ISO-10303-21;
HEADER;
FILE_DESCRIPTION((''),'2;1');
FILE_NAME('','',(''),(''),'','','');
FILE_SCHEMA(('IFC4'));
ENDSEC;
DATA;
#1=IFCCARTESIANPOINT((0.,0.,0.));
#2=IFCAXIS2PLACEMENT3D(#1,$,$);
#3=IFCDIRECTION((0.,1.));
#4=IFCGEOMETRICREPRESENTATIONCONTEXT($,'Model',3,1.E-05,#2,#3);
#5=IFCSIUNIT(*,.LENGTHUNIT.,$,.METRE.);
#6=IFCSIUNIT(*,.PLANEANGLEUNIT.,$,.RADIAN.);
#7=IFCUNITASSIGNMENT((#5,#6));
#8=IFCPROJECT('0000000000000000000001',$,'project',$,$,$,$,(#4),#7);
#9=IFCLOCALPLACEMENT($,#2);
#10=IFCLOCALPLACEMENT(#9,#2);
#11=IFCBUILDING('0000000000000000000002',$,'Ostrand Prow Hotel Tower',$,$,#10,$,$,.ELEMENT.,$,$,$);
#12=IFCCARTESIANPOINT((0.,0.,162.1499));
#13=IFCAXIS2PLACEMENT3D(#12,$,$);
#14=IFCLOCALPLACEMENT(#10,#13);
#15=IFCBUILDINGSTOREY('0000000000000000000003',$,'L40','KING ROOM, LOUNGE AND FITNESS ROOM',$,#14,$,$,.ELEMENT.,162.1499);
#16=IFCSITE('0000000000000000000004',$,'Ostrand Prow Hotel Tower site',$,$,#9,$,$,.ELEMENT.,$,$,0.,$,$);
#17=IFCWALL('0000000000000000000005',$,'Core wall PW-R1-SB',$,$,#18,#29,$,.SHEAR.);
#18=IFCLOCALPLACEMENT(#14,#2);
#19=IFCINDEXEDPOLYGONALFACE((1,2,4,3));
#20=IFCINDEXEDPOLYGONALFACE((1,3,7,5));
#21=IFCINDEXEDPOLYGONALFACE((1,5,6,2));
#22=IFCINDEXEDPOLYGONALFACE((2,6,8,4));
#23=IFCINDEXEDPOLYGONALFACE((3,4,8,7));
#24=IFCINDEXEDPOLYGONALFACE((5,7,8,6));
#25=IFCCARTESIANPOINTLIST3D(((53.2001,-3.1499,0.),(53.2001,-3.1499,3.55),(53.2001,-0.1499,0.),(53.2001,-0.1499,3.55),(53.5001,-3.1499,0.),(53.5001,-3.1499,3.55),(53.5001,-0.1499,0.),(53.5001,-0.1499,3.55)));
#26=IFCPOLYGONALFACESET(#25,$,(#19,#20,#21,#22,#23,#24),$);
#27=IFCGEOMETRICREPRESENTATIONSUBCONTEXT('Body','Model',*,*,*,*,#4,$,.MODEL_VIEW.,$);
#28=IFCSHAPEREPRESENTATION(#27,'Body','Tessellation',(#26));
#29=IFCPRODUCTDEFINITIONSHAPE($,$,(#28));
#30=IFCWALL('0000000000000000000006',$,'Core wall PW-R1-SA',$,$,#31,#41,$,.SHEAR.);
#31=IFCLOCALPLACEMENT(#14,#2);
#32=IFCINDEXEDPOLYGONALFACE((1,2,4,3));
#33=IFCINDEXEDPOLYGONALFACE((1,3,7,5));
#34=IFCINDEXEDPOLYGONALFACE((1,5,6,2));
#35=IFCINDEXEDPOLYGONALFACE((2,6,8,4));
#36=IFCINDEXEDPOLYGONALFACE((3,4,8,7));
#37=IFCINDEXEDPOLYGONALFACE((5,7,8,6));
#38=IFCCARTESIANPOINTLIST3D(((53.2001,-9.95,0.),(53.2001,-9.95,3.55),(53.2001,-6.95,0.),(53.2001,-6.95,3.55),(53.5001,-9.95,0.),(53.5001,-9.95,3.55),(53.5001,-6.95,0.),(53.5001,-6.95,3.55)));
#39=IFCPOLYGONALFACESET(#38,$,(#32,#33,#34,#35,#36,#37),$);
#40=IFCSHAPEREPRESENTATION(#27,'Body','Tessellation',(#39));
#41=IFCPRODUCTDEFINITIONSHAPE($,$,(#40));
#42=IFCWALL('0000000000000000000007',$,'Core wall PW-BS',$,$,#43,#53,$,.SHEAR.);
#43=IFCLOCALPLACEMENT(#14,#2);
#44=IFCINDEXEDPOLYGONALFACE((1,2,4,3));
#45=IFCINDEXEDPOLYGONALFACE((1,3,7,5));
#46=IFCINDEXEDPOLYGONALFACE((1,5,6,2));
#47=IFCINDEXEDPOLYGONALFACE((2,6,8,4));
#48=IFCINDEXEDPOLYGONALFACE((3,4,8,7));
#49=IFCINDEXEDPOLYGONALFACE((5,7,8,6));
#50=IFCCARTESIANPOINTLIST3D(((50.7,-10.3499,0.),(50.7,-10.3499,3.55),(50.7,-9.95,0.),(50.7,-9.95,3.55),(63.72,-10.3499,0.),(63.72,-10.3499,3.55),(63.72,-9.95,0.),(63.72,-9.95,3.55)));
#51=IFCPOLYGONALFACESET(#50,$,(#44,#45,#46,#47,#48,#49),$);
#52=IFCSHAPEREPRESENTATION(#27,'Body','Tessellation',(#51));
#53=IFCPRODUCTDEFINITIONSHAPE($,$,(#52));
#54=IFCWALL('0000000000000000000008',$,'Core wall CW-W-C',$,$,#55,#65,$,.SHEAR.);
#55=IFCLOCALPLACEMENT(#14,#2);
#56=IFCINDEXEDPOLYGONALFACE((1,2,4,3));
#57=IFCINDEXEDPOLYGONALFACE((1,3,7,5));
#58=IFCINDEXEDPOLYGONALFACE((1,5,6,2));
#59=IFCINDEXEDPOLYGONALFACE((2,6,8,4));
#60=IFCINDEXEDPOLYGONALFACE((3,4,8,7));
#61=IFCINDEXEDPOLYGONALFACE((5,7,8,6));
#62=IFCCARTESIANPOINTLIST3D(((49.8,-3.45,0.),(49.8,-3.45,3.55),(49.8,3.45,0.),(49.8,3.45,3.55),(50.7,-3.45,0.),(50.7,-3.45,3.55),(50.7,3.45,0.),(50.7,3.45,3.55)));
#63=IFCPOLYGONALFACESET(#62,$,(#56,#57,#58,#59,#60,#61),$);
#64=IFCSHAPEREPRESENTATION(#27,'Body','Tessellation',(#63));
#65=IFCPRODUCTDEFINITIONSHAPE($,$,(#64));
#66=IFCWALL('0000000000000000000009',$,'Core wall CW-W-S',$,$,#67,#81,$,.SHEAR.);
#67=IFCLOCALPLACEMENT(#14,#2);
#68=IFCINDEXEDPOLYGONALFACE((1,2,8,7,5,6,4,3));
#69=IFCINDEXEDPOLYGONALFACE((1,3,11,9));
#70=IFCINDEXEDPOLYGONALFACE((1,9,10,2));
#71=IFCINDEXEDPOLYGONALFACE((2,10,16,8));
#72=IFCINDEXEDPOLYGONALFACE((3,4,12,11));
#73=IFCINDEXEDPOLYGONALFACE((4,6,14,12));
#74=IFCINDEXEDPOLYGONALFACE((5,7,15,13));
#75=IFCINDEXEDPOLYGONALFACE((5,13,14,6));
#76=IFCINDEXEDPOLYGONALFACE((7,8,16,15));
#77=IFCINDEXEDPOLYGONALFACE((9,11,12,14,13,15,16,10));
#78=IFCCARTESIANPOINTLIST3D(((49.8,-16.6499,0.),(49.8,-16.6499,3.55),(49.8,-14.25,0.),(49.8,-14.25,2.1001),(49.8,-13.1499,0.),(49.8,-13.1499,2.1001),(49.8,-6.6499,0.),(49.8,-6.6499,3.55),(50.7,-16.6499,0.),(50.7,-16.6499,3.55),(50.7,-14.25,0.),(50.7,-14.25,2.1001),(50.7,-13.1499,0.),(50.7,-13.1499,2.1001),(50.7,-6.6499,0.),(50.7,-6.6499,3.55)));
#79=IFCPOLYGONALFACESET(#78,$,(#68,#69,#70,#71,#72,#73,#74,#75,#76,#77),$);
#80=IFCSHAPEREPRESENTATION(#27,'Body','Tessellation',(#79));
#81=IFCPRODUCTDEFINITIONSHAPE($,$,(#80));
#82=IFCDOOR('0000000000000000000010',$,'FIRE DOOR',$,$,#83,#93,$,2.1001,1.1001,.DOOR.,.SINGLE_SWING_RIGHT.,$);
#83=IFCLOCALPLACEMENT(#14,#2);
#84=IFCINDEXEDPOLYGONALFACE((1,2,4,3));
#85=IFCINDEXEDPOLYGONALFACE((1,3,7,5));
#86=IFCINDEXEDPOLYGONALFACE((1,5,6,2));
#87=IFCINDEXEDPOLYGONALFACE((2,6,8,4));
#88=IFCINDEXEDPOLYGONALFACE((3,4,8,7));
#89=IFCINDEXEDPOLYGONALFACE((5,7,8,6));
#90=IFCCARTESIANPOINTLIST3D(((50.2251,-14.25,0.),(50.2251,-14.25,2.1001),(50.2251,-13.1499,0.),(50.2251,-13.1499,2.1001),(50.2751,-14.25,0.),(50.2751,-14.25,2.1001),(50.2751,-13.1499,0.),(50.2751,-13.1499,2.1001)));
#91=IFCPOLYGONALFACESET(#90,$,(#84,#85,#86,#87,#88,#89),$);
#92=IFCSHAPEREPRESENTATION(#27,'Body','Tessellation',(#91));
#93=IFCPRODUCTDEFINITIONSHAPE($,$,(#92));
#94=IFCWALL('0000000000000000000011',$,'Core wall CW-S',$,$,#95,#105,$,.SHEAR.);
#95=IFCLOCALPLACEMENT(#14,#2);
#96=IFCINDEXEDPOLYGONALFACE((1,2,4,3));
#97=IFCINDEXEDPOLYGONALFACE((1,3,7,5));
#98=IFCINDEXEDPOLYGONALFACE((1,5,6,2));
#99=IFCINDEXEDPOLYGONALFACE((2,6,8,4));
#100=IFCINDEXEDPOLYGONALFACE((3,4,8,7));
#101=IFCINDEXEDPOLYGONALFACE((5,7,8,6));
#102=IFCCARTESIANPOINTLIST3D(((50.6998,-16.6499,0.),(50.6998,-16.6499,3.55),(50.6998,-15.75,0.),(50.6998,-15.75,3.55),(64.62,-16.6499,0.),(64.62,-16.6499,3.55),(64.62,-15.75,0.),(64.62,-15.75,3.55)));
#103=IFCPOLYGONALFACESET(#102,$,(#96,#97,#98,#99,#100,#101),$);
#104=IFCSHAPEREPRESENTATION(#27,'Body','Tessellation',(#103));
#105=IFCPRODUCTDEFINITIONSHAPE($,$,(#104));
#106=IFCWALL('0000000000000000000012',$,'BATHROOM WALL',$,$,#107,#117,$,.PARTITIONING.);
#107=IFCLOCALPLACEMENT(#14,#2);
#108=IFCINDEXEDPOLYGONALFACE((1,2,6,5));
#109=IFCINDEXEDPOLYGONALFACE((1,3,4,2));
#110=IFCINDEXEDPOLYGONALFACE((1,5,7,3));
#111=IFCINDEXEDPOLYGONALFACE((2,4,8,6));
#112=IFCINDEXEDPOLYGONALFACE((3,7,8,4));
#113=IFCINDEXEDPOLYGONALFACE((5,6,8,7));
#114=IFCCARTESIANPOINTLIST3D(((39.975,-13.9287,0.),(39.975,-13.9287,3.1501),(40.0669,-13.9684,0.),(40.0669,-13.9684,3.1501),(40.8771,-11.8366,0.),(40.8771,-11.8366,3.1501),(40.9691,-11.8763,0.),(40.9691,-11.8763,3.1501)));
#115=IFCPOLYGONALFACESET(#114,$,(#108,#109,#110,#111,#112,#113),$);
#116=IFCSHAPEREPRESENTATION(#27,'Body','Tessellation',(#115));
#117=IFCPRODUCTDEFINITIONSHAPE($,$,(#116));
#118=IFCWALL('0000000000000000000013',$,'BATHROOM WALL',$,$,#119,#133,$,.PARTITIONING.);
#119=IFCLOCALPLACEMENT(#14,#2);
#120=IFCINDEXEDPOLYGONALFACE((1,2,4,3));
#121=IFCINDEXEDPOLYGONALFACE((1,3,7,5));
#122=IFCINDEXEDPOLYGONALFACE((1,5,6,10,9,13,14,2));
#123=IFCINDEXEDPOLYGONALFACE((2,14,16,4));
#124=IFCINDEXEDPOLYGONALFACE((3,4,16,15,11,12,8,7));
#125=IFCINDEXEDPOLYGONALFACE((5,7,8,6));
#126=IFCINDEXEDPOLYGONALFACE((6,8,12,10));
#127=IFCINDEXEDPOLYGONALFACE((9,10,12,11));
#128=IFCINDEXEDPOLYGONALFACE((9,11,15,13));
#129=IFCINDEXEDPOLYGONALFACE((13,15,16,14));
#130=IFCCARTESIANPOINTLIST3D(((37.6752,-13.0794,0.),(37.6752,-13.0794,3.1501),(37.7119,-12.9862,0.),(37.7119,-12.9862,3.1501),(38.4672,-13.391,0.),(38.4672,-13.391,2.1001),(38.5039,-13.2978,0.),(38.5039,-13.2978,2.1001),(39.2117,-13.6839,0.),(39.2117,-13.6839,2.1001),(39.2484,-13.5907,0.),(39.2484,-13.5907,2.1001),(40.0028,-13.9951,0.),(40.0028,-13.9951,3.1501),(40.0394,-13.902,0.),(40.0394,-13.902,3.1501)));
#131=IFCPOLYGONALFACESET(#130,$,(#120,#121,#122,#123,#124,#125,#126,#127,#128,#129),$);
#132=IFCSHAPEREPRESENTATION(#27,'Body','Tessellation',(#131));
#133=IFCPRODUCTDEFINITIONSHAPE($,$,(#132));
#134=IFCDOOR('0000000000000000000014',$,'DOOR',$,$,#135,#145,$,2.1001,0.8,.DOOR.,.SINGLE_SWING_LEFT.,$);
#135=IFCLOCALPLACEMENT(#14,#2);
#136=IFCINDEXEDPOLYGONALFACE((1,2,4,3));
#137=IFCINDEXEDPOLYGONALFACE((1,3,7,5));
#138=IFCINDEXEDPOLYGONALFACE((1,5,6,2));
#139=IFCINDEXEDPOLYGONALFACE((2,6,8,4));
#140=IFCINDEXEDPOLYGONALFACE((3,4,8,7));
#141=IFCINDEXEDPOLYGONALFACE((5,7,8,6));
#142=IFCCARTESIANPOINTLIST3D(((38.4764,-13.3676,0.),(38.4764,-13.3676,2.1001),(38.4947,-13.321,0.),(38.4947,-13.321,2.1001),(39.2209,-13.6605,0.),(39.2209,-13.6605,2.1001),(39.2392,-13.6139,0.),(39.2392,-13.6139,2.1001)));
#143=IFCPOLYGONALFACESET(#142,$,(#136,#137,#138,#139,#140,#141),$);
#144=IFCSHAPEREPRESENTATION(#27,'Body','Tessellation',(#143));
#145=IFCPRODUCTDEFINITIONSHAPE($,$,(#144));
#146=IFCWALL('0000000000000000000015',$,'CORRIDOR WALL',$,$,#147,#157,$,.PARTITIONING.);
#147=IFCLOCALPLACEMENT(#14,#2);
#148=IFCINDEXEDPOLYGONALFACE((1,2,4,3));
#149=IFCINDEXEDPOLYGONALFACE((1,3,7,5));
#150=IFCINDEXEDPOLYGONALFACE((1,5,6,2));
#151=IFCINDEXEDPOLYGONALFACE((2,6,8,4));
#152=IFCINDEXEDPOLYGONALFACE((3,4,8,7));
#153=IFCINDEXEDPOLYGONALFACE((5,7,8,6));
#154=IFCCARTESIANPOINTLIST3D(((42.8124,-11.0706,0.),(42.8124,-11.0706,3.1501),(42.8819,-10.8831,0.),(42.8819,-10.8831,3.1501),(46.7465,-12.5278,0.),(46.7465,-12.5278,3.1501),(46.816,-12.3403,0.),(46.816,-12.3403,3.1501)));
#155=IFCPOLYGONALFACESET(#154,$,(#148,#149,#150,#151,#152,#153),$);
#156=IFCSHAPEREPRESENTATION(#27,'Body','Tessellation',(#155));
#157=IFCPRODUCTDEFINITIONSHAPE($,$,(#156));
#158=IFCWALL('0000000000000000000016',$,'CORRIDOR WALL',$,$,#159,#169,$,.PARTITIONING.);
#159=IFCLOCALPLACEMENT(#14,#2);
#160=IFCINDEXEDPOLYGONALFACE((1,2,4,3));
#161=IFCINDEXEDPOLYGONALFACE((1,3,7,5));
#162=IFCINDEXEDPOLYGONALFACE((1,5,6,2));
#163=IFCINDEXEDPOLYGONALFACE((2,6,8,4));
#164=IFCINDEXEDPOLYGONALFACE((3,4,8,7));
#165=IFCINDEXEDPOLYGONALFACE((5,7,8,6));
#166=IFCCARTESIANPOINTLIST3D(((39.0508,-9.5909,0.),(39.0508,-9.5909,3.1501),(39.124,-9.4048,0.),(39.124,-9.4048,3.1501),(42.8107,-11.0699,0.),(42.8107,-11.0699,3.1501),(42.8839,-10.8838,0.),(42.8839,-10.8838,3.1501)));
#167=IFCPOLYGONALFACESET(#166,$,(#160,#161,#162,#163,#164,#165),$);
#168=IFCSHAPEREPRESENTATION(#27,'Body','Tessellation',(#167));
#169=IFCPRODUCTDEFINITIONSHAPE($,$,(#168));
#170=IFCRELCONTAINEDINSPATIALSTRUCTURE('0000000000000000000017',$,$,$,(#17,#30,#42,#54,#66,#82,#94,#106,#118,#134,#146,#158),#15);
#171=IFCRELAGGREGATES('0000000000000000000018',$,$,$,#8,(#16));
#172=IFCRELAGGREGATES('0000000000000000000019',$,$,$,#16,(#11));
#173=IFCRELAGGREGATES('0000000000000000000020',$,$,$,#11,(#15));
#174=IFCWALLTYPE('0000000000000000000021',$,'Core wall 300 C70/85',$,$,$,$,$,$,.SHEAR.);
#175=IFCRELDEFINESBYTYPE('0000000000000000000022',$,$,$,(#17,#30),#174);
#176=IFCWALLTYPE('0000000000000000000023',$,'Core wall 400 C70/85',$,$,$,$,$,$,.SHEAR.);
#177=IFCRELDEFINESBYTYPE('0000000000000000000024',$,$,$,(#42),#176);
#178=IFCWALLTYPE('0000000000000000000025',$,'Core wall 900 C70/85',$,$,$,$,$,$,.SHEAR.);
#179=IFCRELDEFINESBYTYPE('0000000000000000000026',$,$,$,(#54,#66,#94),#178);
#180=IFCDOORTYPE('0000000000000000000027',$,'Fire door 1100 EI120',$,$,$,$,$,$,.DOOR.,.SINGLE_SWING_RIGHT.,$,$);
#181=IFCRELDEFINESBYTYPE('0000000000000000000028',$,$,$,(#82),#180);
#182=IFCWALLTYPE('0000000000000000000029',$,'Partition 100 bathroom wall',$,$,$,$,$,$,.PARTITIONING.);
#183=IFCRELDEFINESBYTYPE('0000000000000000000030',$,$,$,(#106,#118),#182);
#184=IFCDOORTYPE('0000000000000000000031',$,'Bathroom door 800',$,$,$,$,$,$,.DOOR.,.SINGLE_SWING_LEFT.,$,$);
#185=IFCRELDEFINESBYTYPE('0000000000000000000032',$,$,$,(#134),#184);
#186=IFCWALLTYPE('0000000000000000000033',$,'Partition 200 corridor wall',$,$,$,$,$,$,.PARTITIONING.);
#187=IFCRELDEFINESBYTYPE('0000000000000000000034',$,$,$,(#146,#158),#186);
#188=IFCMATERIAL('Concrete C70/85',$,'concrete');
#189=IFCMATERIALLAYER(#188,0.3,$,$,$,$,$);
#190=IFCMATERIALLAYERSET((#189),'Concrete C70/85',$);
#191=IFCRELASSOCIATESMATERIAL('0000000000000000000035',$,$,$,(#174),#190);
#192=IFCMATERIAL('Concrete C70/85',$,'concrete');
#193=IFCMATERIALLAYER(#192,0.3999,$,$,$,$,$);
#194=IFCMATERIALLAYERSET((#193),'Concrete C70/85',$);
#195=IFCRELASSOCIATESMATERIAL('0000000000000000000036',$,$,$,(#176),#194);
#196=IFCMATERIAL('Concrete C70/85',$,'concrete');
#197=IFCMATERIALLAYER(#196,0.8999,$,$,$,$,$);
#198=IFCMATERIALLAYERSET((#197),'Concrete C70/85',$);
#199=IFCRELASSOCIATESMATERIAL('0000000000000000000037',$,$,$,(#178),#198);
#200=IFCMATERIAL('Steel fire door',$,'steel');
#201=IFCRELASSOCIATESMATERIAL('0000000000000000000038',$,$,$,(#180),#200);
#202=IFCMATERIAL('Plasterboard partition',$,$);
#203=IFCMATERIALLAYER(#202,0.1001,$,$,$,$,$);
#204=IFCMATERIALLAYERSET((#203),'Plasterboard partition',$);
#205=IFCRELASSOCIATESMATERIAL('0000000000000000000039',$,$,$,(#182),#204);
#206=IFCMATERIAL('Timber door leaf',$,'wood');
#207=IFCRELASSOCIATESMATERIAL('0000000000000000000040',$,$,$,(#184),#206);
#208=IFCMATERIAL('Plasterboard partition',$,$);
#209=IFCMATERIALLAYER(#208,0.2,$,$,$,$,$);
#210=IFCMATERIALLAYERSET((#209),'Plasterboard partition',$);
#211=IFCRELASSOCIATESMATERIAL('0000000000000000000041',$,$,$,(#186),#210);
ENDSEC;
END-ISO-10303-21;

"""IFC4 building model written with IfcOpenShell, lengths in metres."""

from ifc_helpers import new_model, si_unit, direction, frame, frame_2d, origin, place, context, subcontext, project, spatial, rectangle, extrude, material, layer, layer_set, type_object, element, fill, save


model = new_model("IFC4")

# Units and contexts
model_context = context("Model", 3, precision=1e-05, world=origin(), true_north=direction((0.0, 1.0)))
body_context = subcontext(model_context, "Body", "Model", "MODEL_VIEW")
ifc_project = project(units=[si_unit("LENGTHUNIT", "METRE"), si_unit("PLANEANGLEUNIT", "RADIAN")], contexts=[model_context])

# Site, building, storey
site_placement = place(None, origin())
site = spatial("IfcSite", under=ifc_project, at=site_placement, Name="Ostrand Prow Hotel Tower site", CompositionType="ELEMENT", RefElevation=0.0)
building_placement = place(site_placement, origin())
building = spatial("IfcBuilding", under=site, at=building_placement, Name="Ostrand Prow Hotel Tower", CompositionType="ELEMENT")
storey_placement = place(building_placement, frame((0.0, 0.0, 162.1499)))
storey = spatial("IfcBuildingStorey", under=building, at=storey_placement, Name="L40", Description="KING ROOM, LOUNGE AND FITNESS ROOM", CompositionType="ELEMENT", Elevation=162.1499)

# Shared definitions
ifc_material_1 = material(Name="Concrete C70/85", Category="concrete")
ifc_layer_1 = layer(ifc_material_1, 0.3)
ifc_layer_set_1 = layer_set([ifc_layer_1], Name="Concrete C70/85")
wall_type_1 = type_object("IfcWallType", Name="Core wall 300 C70/85", PredefinedType="SHEAR", material=ifc_layer_set_1)

# Walls
for number, where, z_axis, x_axis, name in (
    (1, (53.3501, -3.1499, 0.0), (0.0, 0.0, 1.0), (0.0, 1.0, 0.0), "Core wall PW-R1-SB"),
    (2, (53.3501, -9.95, 0.0), (0.0, 0.0, 1.0), (0.0, 1.0, 0.0), "Core wall PW-R1-SA"),
):
    element("IfcWall", number, at=place(storey_placement, frame(where, z_axis=z_axis, x_axis=x_axis)), inside=storey, type_object=wall_type_1, Name=name, PredefinedType="SHEAR", context=body_context, shape_type="SweptSolid", body=[
        extrude(rectangle(XDim=3.0, YDim=0.3, at=frame_2d((1.5, 0.0))), origin(), (0.0, 0.0, 1.0), 3.55),
    ])
ifc_material_2 = material(Name="Concrete C70/85", Category="concrete")
ifc_layer_2 = layer(ifc_material_2, 0.3999)
ifc_layer_set_2 = layer_set([ifc_layer_2], Name="Concrete C70/85")
wall_type_2 = type_object("IfcWallType", Name="Core wall 400 C70/85", PredefinedType="SHEAR", material=ifc_layer_set_2)
wall_1_placement = place(storey_placement, frame((50.7, -10.1499, 0.0), z_axis=(0.0, 0.0, 1.0), x_axis=(1.0, 0.0, 0.0)))
element("IfcWall", 3, at=wall_1_placement, inside=storey, type_object=wall_type_2, Name="Core wall PW-BS", PredefinedType="SHEAR", context=body_context, shape_type="SweptSolid", body=[
    extrude(rectangle(XDim=13.02, YDim=0.3999, at=frame_2d((6.51, 0.0))), origin(), (0.0, 0.0, 1.0), 3.55),
])
ifc_material_3 = material(Name="Concrete C70/85", Category="concrete")
ifc_layer_3 = layer(ifc_material_3, 0.8999)
ifc_layer_set_3 = layer_set([ifc_layer_3], Name="Concrete C70/85")
wall_type_3 = type_object("IfcWallType", Name="Core wall 900 C70/85", PredefinedType="SHEAR", material=ifc_layer_set_3)
wall_2_placement = place(storey_placement, frame((50.25, -3.45, 0.0), z_axis=(0.0, 0.0, 1.0), x_axis=(0.0, 1.0, 0.0)))
element("IfcWall", 4, at=wall_2_placement, inside=storey, type_object=wall_type_3, Name="Core wall CW-W-C", PredefinedType="SHEAR", context=body_context, shape_type="SweptSolid", body=[
    extrude(rectangle(XDim=6.8999, YDim=0.8999, at=frame_2d((3.45, 0.0))), origin(), (0.0, 0.0, 1.0), 3.55),
])

# Wall, opening, door
wall_3_placement = place(storey_placement, frame((50.25, -16.6499, 0.0), z_axis=(0.0, 0.0, 1.0), x_axis=(0.0, 1.0, 0.0)))
wall_3 = element("IfcWall", 5, at=wall_3_placement, inside=storey, type_object=wall_type_3, Name="Core wall CW-W-S", PredefinedType="SHEAR", context=body_context, shape_type="SweptSolid", body=[
    extrude(rectangle(XDim=10.0, YDim=0.8999, at=frame_2d((5.0, 0.0))), origin(), (0.0, 0.0, 1.0), 3.55),
])
opening_1_placement = place(wall_3_placement, frame((2.3999, 0.0, 0.0)))
opening_1 = element("IfcOpeningElement", 6, at=opening_1_placement, cuts=wall_3, PredefinedType="OPENING", context=body_context, shape_type="SweptSolid", body=[
    extrude(rectangle(XDim=1.1001, YDim=2.1001, at=frame_2d((0.55, 1.05))), frame((0.0, 0.46, 0.0), z_axis=(0.0, -1.0, 0.0), x_axis=(1.0, 0.0, 0.0)), (0.0, 0.0, 1.0), 0.9199),
])
ifc_material_4 = material(Name="Steel fire door", Category="steel")
door_type_1 = type_object("IfcDoorType", Name="Fire door 1100 EI120", OperationType="SINGLE_SWING_RIGHT", PredefinedType="DOOR", material=ifc_material_4)
door_1_placement = place(opening_1_placement, origin())
door_1 = element("IfcDoor", 7, at=door_1_placement, inside=storey, type_object=door_type_1, Name="FIRE DOOR", OperationType="SINGLE_SWING_RIGHT", OverallHeight=2.1001, OverallWidth=1.1001, PredefinedType="DOOR", context=body_context, shape_type="SweptSolid", body=[
    extrude(rectangle(XDim=1.1001, YDim=2.1001, at=frame_2d((0.55, 1.05))), frame((0.0, 0.0249, 0.0), z_axis=(0.0, -1.0, 0.0), x_axis=(1.0, 0.0, 0.0)), (0.0, 0.0, 1.0), 0.05),
])
fill(opening_1, door_1)

# Walls
wall_4_placement = place(storey_placement, frame((50.7, -16.2, 0.0), z_axis=(0.0, 0.0, 1.0), x_axis=(1.0, 0.0, 0.0)))
element("IfcWall", 8, at=wall_4_placement, inside=storey, type_object=wall_type_3, Name="Core wall CW-S", PredefinedType="SHEAR", context=body_context, shape_type="SweptSolid", body=[
    extrude(rectangle(XDim=13.9202, YDim=0.8999, at=frame_2d((6.96, 0.0))), origin(), (0.0, 0.0, 1.0), 3.55),
])
ifc_material_5 = material(Name="Plasterboard partition")
ifc_layer_4 = layer(ifc_material_5, 0.1001)
ifc_layer_set_4 = layer_set([ifc_layer_4], Name="Plasterboard partition")
wall_type_4 = type_object("IfcWallType", Name="Partition 100 bathroom wall", PredefinedType="PARTITIONING", material=ifc_layer_set_4)
wall_5_placement = place(storey_placement, frame((40.9231, -11.8564, 0.0), z_axis=(0.0, 0.0, 1.0), x_axis=(-0.395962, -0.918267, 0.0)))
element("IfcWall", 9, at=wall_5_placement, inside=storey, type_object=wall_type_4, Name="BATHROOM WALL", PredefinedType="PARTITIONING", context=body_context, shape_type="SweptSolid", body=[
    extrude(rectangle(XDim=2.2783, YDim=0.1001, at=frame_2d((1.1392, 0.0))), origin(), (0.0, 0.0, 1.0), 3.1501),
])

# Wall, opening, door
wall_6_placement = place(storey_placement, frame((40.021, -13.9485, 0.0), z_axis=(0.0, 0.0, 1.0), x_axis=(-0.930569, 0.366117, 0.0)))
wall_6 = element("IfcWall", 10, at=wall_6_placement, inside=storey, type_object=wall_type_4, Name="BATHROOM WALL", PredefinedType="PARTITIONING", context=body_context, shape_type="SweptSolid", body=[
    extrude(rectangle(XDim=2.5012, YDim=0.1001, at=frame_2d((1.2505, 0.0))), origin(), (0.0, 0.0, 1.0), 3.1501),
])
opening_2_placement = place(wall_6_placement, frame((0.8501, 0.0, 0.0)))
opening_2 = element("IfcOpeningElement", 11, at=opening_2_placement, cuts=wall_6, PredefinedType="OPENING", context=body_context, shape_type="SweptSolid", body=[
    extrude(rectangle(XDim=0.8, YDim=2.1001, at=frame_2d((0.3999, 1.05))), frame((0.0, 0.0601, 0.0), z_axis=(0.0, -1.0, 0.0), x_axis=(1.0, 0.0, 0.0)), (0.0, 0.0, 1.0), 0.1201),
])
ifc_material_6 = material(Name="Timber door leaf", Category="wood")
door_type_2 = type_object("IfcDoorType", Name="Bathroom door 800", OperationType="SINGLE_SWING_LEFT", PredefinedType="DOOR", material=ifc_material_6)
door_2_placement = place(opening_2_placement, origin())
door_2 = element("IfcDoor", 12, at=door_2_placement, inside=storey, type_object=door_type_2, Name="DOOR", OperationType="SINGLE_SWING_LEFT", OverallHeight=2.1001, OverallWidth=0.8, PredefinedType="DOOR", context=body_context, shape_type="SweptSolid", body=[
    extrude(rectangle(XDim=0.8, YDim=2.1001, at=frame_2d((0.3999, 1.05))), frame((0.0, 0.0249, 0.0), z_axis=(0.0, -1.0, 0.0), x_axis=(1.0, 0.0, 0.0)), (0.0, 0.0, 1.0), 0.05),
])
fill(opening_2, door_2)

# Walls
ifc_material_7 = material(Name="Plasterboard partition")
ifc_layer_5 = layer(ifc_material_7, 0.2)
ifc_layer_set_5 = layer_set([ifc_layer_5], Name="Plasterboard partition")
wall_type_5 = type_object("IfcWallType", Name="Partition 200 corridor wall", PredefinedType="PARTITIONING", material=ifc_layer_set_5)
wall_7_placement = place(storey_placement, frame((46.7812, -12.4341, 0.0), z_axis=(0.0, 0.0, 1.0), x_axis=(-0.937733, 0.347358, 0.0)))
element("IfcWall", 13, at=wall_7_placement, inside=storey, type_object=wall_type_5, Name="CORRIDOR WALL", PredefinedType="PARTITIONING", context=body_context, shape_type="SweptSolid", body=[
    extrude(rectangle(XDim=4.1953, YDim=0.2, at=frame_2d((2.0977, 0.0))), origin(), (0.0, 0.0, 1.0), 3.1501),
])
wall_8_placement = place(storey_placement, frame((42.8472, -10.9768, 0.0), z_axis=(0.0, 0.0, 1.0), x_axis=(-0.930587, 0.366071, 0.0)))
element("IfcWall", 14, at=wall_8_placement, inside=storey, type_object=wall_type_5, Name="CORRIDOR WALL", PredefinedType="PARTITIONING", context=body_context, shape_type="SweptSolid", body=[
    extrude(rectangle(XDim=4.0403, YDim=0.2, at=frame_2d((2.02, 0.0))), origin(), (0.0, 0.0, 1.0), 3.1501),
])

save(model, "model.ifc")
